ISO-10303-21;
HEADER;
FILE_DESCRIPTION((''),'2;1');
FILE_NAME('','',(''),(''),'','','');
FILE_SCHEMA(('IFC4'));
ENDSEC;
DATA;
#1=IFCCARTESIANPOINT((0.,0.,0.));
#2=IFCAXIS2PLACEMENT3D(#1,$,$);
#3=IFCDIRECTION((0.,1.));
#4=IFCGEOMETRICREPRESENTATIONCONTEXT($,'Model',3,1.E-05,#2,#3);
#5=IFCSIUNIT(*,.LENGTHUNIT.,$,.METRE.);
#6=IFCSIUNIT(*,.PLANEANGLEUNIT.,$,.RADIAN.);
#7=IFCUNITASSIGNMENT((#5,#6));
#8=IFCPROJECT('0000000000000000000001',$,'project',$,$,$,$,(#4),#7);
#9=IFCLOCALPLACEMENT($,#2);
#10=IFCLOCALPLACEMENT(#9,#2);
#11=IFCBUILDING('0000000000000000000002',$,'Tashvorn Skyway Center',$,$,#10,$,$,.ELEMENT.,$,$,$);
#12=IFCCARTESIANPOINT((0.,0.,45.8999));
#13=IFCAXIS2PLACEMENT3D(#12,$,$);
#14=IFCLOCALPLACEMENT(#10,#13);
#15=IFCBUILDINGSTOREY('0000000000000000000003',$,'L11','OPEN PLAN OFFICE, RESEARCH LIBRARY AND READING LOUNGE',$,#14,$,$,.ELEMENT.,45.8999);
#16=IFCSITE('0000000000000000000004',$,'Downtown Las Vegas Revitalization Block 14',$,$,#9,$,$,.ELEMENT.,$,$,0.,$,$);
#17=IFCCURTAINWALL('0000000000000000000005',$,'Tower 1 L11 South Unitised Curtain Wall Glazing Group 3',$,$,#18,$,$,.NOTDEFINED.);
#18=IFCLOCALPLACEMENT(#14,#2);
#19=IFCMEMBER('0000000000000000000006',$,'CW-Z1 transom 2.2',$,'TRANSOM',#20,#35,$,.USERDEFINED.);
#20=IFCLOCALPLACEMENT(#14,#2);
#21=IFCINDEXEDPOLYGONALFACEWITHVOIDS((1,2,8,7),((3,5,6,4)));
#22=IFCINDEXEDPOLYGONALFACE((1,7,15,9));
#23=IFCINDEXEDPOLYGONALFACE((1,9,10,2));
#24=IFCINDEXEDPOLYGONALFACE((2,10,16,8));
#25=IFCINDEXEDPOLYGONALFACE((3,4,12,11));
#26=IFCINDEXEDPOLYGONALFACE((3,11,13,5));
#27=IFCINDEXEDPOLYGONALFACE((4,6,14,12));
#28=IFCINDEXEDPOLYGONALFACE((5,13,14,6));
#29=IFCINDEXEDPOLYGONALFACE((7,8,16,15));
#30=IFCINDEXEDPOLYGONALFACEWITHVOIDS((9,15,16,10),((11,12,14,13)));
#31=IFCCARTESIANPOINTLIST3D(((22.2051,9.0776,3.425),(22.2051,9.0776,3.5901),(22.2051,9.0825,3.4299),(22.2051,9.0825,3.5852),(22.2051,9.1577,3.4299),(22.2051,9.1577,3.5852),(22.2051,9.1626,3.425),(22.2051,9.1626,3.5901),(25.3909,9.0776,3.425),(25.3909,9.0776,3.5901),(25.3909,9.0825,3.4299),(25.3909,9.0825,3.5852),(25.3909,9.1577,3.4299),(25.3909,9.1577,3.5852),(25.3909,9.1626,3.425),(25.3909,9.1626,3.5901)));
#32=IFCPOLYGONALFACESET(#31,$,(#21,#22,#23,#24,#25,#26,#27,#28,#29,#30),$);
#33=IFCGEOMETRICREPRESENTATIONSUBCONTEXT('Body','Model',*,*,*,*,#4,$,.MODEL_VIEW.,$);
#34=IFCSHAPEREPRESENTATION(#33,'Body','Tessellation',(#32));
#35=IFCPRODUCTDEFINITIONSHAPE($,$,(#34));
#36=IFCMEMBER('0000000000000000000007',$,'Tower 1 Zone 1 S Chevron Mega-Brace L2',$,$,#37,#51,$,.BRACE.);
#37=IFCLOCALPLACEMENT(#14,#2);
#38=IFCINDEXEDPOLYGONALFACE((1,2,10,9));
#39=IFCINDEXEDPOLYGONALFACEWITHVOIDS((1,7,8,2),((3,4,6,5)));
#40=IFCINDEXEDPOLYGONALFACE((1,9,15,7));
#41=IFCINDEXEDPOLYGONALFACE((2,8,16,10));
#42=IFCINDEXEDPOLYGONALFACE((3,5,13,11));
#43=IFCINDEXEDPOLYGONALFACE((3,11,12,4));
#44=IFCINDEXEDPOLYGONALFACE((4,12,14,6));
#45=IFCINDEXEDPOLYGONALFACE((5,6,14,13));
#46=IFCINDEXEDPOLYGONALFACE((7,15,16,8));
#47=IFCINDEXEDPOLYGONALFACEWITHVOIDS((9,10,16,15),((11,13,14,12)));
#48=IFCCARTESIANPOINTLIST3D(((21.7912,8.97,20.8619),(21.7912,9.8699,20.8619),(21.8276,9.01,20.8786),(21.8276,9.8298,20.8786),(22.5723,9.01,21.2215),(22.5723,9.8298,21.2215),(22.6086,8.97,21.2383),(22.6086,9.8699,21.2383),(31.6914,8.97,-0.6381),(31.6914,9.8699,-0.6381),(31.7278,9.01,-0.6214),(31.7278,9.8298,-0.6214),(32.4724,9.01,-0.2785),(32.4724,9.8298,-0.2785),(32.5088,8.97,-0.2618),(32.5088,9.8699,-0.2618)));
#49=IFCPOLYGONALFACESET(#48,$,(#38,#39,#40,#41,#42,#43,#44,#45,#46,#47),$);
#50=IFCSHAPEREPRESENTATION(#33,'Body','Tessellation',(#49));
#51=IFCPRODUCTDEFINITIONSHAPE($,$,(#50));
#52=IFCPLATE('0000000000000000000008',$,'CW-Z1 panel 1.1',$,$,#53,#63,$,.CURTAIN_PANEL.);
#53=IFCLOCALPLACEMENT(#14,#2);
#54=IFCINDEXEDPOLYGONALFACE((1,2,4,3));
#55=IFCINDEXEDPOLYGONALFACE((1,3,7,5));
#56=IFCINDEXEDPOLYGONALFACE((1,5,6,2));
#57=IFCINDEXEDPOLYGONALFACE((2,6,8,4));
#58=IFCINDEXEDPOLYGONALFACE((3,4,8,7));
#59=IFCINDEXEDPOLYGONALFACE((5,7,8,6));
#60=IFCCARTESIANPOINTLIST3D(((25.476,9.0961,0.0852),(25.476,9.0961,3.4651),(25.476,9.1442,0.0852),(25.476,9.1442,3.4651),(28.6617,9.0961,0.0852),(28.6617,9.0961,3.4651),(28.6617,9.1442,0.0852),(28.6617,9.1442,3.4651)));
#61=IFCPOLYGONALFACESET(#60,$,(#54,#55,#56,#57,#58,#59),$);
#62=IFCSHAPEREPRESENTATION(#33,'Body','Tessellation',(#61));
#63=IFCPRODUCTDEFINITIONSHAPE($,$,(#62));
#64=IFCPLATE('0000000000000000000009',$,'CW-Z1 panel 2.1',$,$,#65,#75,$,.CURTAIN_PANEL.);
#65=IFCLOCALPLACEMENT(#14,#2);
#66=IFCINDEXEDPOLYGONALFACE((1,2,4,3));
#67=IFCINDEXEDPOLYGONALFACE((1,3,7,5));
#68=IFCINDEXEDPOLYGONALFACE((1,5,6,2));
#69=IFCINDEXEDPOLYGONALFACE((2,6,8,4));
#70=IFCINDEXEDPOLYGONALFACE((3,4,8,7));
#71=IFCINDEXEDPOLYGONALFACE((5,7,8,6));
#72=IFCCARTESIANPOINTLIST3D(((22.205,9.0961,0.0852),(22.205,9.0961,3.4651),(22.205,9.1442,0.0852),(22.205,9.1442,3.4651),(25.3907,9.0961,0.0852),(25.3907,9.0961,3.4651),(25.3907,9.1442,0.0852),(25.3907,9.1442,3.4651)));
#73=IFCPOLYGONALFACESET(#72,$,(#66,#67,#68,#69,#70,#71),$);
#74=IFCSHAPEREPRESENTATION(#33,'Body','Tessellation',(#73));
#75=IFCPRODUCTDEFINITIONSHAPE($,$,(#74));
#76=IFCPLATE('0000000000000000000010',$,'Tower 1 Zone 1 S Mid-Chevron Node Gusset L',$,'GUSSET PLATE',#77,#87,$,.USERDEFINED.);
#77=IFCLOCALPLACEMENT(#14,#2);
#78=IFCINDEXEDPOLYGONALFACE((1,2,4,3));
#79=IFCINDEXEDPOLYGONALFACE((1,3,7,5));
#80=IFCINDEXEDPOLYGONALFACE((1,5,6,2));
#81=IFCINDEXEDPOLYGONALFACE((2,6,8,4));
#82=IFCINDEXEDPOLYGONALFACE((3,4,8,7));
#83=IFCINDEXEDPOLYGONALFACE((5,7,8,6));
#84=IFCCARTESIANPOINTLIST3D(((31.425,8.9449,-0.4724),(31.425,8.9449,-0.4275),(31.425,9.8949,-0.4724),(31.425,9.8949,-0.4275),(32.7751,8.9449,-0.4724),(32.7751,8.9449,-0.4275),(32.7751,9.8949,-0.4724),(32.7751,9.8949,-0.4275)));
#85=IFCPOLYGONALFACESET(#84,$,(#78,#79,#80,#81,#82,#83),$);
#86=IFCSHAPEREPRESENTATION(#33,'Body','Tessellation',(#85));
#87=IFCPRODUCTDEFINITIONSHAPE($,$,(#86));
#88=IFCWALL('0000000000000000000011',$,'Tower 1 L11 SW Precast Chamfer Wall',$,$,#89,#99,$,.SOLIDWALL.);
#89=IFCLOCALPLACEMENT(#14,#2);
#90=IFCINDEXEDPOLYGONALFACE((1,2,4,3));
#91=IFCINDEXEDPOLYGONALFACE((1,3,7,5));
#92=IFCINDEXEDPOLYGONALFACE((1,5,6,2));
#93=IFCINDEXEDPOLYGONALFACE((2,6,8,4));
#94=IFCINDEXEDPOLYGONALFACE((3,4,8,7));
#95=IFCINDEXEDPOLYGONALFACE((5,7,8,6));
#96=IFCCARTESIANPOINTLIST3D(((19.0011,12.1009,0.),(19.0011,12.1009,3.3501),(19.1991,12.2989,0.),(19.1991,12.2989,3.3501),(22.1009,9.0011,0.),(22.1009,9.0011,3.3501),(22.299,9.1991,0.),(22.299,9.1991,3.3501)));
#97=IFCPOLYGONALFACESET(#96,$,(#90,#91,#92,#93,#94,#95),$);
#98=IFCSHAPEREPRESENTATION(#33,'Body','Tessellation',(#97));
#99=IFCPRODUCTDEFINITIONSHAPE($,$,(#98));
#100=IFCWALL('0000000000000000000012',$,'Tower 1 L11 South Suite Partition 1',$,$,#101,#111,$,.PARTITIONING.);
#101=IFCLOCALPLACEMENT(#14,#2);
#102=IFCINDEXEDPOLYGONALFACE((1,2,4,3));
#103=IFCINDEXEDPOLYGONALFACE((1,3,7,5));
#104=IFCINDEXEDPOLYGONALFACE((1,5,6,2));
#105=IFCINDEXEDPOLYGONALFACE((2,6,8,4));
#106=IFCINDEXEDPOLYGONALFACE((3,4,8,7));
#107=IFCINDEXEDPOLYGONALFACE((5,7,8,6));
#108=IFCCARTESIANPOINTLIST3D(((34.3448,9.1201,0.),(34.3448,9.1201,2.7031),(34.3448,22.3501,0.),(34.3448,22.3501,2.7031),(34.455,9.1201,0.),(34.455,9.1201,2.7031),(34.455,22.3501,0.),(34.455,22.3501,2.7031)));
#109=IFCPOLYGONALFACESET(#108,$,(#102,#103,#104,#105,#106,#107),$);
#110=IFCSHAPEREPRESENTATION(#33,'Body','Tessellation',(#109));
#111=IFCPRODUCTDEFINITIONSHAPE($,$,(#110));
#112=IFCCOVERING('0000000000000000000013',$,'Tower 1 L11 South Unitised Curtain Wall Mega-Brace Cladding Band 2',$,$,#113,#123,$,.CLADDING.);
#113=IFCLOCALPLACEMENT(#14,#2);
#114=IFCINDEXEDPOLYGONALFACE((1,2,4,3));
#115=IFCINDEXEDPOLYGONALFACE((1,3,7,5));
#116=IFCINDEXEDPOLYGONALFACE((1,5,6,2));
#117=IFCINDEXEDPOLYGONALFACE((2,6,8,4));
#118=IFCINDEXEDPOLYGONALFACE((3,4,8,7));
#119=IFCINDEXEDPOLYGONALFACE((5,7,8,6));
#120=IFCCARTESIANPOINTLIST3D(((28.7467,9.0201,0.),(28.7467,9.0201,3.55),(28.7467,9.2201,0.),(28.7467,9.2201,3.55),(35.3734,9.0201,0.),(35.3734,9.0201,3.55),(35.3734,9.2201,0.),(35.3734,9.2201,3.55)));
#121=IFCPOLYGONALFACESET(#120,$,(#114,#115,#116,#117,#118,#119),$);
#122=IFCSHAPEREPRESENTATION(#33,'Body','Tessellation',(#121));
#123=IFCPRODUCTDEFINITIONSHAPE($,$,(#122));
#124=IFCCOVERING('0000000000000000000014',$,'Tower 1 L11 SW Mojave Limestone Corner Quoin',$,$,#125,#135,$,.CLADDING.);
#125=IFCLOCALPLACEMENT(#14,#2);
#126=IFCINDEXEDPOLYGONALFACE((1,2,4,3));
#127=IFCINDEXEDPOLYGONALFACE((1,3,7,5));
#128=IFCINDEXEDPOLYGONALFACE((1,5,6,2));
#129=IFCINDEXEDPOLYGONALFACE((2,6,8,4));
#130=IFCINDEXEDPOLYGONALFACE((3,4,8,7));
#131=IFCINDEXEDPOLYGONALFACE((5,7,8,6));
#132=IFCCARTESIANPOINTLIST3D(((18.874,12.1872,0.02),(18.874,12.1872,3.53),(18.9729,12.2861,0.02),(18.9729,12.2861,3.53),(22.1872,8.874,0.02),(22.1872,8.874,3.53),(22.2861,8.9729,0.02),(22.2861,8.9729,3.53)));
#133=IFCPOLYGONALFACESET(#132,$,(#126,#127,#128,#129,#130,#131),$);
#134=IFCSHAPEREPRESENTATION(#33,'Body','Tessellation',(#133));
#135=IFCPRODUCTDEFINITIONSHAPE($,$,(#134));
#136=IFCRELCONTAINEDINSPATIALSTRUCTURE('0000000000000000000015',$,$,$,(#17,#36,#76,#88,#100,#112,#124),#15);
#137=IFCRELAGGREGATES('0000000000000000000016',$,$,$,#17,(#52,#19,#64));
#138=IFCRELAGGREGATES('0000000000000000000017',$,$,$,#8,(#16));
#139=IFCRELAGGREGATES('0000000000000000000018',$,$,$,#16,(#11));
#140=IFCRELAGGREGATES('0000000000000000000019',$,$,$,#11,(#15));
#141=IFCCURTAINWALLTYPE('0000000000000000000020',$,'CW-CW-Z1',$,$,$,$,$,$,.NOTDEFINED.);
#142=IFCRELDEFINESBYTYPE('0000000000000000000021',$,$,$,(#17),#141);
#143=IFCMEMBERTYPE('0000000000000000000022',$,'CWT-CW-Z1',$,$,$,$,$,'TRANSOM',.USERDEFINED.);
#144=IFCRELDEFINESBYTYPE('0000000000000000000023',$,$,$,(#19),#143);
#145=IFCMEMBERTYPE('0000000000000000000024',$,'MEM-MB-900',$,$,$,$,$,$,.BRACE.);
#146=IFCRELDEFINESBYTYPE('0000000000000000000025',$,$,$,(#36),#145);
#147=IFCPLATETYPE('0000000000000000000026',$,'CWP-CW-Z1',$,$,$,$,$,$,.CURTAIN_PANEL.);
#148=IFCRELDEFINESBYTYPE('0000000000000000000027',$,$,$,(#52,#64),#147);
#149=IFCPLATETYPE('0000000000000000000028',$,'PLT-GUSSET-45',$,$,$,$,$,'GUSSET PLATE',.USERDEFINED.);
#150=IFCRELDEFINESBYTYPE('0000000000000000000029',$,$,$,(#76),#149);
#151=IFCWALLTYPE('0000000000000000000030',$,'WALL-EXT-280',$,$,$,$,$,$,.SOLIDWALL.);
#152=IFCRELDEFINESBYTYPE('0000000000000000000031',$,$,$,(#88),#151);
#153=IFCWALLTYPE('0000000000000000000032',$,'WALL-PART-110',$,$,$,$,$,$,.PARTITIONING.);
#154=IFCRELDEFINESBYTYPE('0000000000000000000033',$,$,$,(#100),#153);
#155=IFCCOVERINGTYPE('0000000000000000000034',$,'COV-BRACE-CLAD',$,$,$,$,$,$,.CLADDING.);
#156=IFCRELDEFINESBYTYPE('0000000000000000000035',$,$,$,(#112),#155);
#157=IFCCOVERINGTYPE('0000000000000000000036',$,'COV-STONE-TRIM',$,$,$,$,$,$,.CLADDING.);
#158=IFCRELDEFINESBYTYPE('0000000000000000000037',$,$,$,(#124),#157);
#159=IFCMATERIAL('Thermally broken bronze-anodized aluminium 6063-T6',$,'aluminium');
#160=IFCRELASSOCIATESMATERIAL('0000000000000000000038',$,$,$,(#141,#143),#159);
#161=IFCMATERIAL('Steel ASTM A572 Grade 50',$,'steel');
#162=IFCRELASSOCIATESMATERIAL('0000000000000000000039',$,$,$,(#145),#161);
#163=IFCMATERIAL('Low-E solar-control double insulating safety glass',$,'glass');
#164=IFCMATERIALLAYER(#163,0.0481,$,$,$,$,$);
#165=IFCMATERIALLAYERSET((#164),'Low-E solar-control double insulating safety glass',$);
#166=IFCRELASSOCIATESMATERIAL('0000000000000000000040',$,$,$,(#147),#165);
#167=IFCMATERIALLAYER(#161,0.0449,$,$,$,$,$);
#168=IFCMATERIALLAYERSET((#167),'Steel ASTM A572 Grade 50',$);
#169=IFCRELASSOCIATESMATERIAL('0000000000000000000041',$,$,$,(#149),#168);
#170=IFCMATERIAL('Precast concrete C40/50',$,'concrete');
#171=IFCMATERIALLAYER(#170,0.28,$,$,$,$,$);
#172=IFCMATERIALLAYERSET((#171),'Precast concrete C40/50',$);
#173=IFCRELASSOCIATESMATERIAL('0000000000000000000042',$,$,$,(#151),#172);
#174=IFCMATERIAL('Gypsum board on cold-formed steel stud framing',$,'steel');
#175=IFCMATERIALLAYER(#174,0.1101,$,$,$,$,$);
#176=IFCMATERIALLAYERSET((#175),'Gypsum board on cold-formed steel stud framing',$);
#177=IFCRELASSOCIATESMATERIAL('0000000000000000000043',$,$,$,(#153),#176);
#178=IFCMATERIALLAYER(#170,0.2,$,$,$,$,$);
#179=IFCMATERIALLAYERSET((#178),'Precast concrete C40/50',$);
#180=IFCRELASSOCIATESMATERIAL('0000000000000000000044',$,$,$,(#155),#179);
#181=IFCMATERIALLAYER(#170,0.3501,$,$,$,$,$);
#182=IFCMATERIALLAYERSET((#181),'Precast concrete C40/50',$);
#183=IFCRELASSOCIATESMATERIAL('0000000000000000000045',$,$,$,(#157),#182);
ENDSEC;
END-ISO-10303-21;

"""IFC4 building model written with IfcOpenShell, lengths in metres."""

from ifc_helpers import new_model, si_unit, direction, frame, frame_2d, origin, origin_2d, place, context, subcontext, project, spatial, rectangle, hollow_rectangle, extrude, material, layer, layer_set, material_profile, profile_set, type_object, element, aggregate, save


model = new_model("IFC4")

# Units and contexts
model_context = context("Model", 3, precision=1e-05, world=origin(), true_north=direction((0.0, 1.0)))
body_context = subcontext(model_context, "Body", "Model", "MODEL_VIEW")
ifc_project = project(units=[si_unit("LENGTHUNIT", "METRE"), si_unit("PLANEANGLEUNIT", "RADIAN")], contexts=[model_context])

# Site, building, storey
site_placement = place(None, origin())
site = spatial("IfcSite", under=ifc_project, at=site_placement, Name="Downtown Las Vegas Revitalization Block 14", CompositionType="ELEMENT", RefElevation=0.0)
building_placement = place(site_placement, origin())
building = spatial("IfcBuilding", under=site, at=building_placement, Name="Tashvorn Skyway Center", CompositionType="ELEMENT")
storey_placement = place(building_placement, frame((0.0, 0.0, 45.8999)))
storey = spatial("IfcBuildingStorey", under=building, at=storey_placement, Name="L11", Description="OPEN PLAN OFFICE, RESEARCH LIBRARY AND READING LOUNGE", CompositionType="ELEMENT", Elevation=45.8999)

# Shared definitions
ifc_material_1 = material(Name="Steel ASTM A572 Grade 50", Category="steel")

# Shared definitions
ifc_material_2 = material(Name="Thermally broken bronze-anodized aluminium 6063-T6", Category="aluminium")
curtain_wall_type = type_object("IfcCurtainWallType", Name="CW-CW-Z1", PredefinedType="NOTDEFINED", material=ifc_material_2)

# Curtain wall, member
curtain_wall_1_placement = place(storey_placement, origin())
curtain_wall_1 = element("IfcCurtainWall", 1, at=curtain_wall_1_placement, inside=storey, type_object=curtain_wall_type, Name="Tower 1 L11 South Unitised Curtain Wall Glazing Group 3", PredefinedType="NOTDEFINED")
ifc_material_profile_1 = material_profile(ifc_material_2, hollow_rectangle(XDim=0.085, YDim=0.165, WallThickness=0.0049, at=origin_2d()), Name="ALU-TRAN-85x165")
ifc_profile_set_1 = profile_set([ifc_material_profile_1], Name="Thermally broken bronze-anodized aluminium 6063-T6")
member_type_1 = type_object("IfcMemberType", Name="CWT-CW-Z1", ElementType="TRANSOM", PredefinedType="USERDEFINED", material=ifc_profile_set_1)
member_1_placement = place(storey_placement, frame((25.3909, 9.1201, 3.5076), z_axis=(-1.0, 0.0, 0.0), x_axis=(0.0, -1.0, 0.0)))
member_1 = element("IfcMember", 2, at=member_1_placement, type_object=member_type_1, Name="CW-Z1 transom 2.2", ObjectType="TRANSOM", PredefinedType="USERDEFINED", context=body_context, shape_type="SweptSolid", body=[
    extrude(hollow_rectangle(XDim=0.085, YDim=0.165, WallThickness=0.0049, at=origin_2d()), origin(), (0.0, 0.0, 1.0), 3.1858),
])

# Member
ifc_material_profile_2 = material_profile(ifc_material_1, hollow_rectangle(XDim=0.8999, YDim=0.8999, WallThickness=0.04, at=origin_2d()), Name="BOX900x900x40")
ifc_profile_set_2 = profile_set([ifc_material_profile_2], Name="Steel ASTM A572 Grade 50")
member_type_2 = type_object("IfcMemberType", Name="MEM-MB-900", PredefinedType="BRACE", material=ifc_profile_set_2)
member_2_placement = place(storey_placement, frame((32.1001, 9.4199, -0.45), z_axis=(-0.418259, 0.0, 0.908328), x_axis=(0.0, -1.0, 0.0)))
element("IfcMember", 3, at=member_2_placement, inside=storey, type_object=member_type_2, Name="Tower 1 Zone 1 S Chevron Mega-Brace L2", PredefinedType="BRACE", context=body_context, shape_type="SweptSolid", body=[
    extrude(hollow_rectangle(XDim=0.8999, YDim=0.8999, WallThickness=0.04, at=origin_2d()), origin(), (0.0, 0.0, 1.0), 23.6699),
])

# Plates
ifc_material_3 = material(Name="Low-E solar-control double insulating safety glass", Category="glass")
ifc_layer_1 = layer(ifc_material_3, 0.0481)
ifc_layer_set_1 = layer_set([ifc_layer_1], Name="Low-E solar-control double insulating safety glass")
plate_type_1 = type_object("IfcPlateType", Name="CWP-CW-Z1", PredefinedType="CURTAIN_PANEL", material=ifc_layer_set_1)
plate_1_placement = place(storey_placement, frame((27.0688, 9.1201, 0.0852), z_axis=(0.0, 0.0, 1.0), x_axis=(-1.0, 0.0, 0.0)))
plate_1 = element("IfcPlate", 4, at=plate_1_placement, type_object=plate_type_1, Name="CW-Z1 panel 1.1", PredefinedType="CURTAIN_PANEL", context=body_context, shape_type="SweptSolid", body=[
    extrude(rectangle(XDim=3.1858, YDim=0.0481, at=origin_2d()), origin(), (0.0, 0.0, 1.0), 3.3799),
])
plate_2_placement = place(storey_placement, frame((23.7979, 9.1201, 0.0852), z_axis=(0.0, 0.0, 1.0), x_axis=(-1.0, 0.0, 0.0)))
plate_2 = element("IfcPlate", 5, at=plate_2_placement, type_object=plate_type_1, Name="CW-Z1 panel 2.1", PredefinedType="CURTAIN_PANEL", context=body_context, shape_type="SweptSolid", body=[
    extrude(rectangle(XDim=3.1858, YDim=0.0481, at=origin_2d()), origin(), (0.0, 0.0, 1.0), 3.3799),
])
aggregate(curtain_wall_1, [plate_1, member_1, plate_2])
ifc_layer_2 = layer(ifc_material_1, 0.0449)
ifc_layer_set_2 = layer_set([ifc_layer_2], Name="Steel ASTM A572 Grade 50")
plate_type_2 = type_object("IfcPlateType", Name="PLT-GUSSET-45", ElementType="GUSSET PLATE", PredefinedType="USERDEFINED", material=ifc_layer_set_2)
plate_3_placement = place(storey_placement, frame((32.1001, 9.4199, -0.4724), z_axis=(0.0, 0.0, 1.0), x_axis=(1.0, 0.0, 0.0)))
element("IfcPlate", 6, at=plate_3_placement, inside=storey, type_object=plate_type_2, Name="Tower 1 Zone 1 S Mid-Chevron Node Gusset L", ObjectType="GUSSET PLATE", PredefinedType="USERDEFINED", context=body_context, shape_type="SweptSolid", body=[
    extrude(rectangle(XDim=1.3501, YDim=0.95, at=origin_2d()), origin(), (0.0, 0.0, 1.0), 0.0449),
])

# Walls
ifc_material_4 = material(Name="Precast concrete C40/50", Category="concrete")
ifc_layer_3 = layer(ifc_material_4, 0.28)
ifc_layer_set_3 = layer_set([ifc_layer_3], Name="Precast concrete C40/50")
wall_type_1 = type_object("IfcWallType", Name="WALL-EXT-280", PredefinedType="SOLIDWALL", material=ifc_layer_set_3)
wall_1_placement = place(storey_placement, frame((22.2, 9.1001, 0.0), z_axis=(0.0, 0.0, 1.0), x_axis=(-0.707107, 0.707107, 0.0)))
element("IfcWall", 7, at=wall_1_placement, inside=storey, type_object=wall_type_1, Name="Tower 1 L11 SW Precast Chamfer Wall", PredefinedType="SOLIDWALL", context=body_context, shape_type="SweptSolid", body=[
    extrude(rectangle(XDim=4.3838, YDim=0.28, at=frame_2d((2.1919, 0.0))), origin(), (0.0, 0.0, 1.0), 3.3501),
])
ifc_material_5 = material(Name="Gypsum board on cold-formed steel stud framing", Category="steel")
ifc_layer_4 = layer(ifc_material_5, 0.1101)
ifc_layer_set_4 = layer_set([ifc_layer_4], Name="Gypsum board on cold-formed steel stud framing")
wall_type_2 = type_object("IfcWallType", Name="WALL-PART-110", PredefinedType="PARTITIONING", material=ifc_layer_set_4)
wall_2_placement = place(storey_placement, frame((34.3999, 9.1201, 0.0), z_axis=(0.0, 0.0, 1.0), x_axis=(0.0, 1.0, 0.0)))
element("IfcWall", 8, at=wall_2_placement, inside=storey, type_object=wall_type_2, Name="Tower 1 L11 South Suite Partition 1", PredefinedType="PARTITIONING", context=body_context, shape_type="SweptSolid", body=[
    extrude(rectangle(XDim=13.23, YDim=0.1101, at=frame_2d((6.615, 0.0))), origin(), (0.0, 0.0, 1.0), 2.7031),
])

# Coverings
ifc_layer_5 = layer(ifc_material_4, 0.2)
ifc_layer_set_5 = layer_set([ifc_layer_5], Name="Precast concrete C40/50")
covering_type_1 = type_object("IfcCoveringType", Name="COV-BRACE-CLAD", PredefinedType="CLADDING", material=ifc_layer_set_5)
covering_1_placement = place(storey_placement, frame((32.0601, 9.1201, 0.0), z_axis=(0.0, 0.0, 1.0), x_axis=(-1.0, 0.0, 0.0)))
element("IfcCovering", 9, at=covering_1_placement, inside=storey, type_object=covering_type_1, Name="Tower 1 L11 South Unitised Curtain Wall Mega-Brace Cladding Band 2", PredefinedType="CLADDING", context=body_context, shape_type="SweptSolid", body=[
    extrude(rectangle(XDim=6.6267, YDim=0.2, at=origin_2d()), origin(), (0.0, 0.0, 1.0), 3.55),
])
ifc_layer_6 = layer(ifc_material_4, 0.3501)
ifc_layer_set_6 = layer_set([ifc_layer_6], Name="Precast concrete C40/50")
covering_type_2 = type_object("IfcCoveringType", Name="COV-STONE-TRIM", PredefinedType="CLADDING", material=ifc_layer_set_6)
covering_2_placement = place(storey_placement, frame((20.5801, 10.5801, 0.02), z_axis=(0.0, 0.0, 1.0), x_axis=(-0.707107, 0.707107, 0.0)))
element("IfcCovering", 10, at=covering_2_placement, inside=storey, type_object=covering_type_2, Name="Tower 1 L11 SW Mojave Limestone Corner Quoin", PredefinedType="CLADDING", context=body_context, shape_type="SweptSolid", body=[
    extrude(rectangle(XDim=4.6855, YDim=0.1399, at=origin_2d()), origin(), (0.0, 0.0, 1.0), 3.51),
])

save(model, "model.ifc")
